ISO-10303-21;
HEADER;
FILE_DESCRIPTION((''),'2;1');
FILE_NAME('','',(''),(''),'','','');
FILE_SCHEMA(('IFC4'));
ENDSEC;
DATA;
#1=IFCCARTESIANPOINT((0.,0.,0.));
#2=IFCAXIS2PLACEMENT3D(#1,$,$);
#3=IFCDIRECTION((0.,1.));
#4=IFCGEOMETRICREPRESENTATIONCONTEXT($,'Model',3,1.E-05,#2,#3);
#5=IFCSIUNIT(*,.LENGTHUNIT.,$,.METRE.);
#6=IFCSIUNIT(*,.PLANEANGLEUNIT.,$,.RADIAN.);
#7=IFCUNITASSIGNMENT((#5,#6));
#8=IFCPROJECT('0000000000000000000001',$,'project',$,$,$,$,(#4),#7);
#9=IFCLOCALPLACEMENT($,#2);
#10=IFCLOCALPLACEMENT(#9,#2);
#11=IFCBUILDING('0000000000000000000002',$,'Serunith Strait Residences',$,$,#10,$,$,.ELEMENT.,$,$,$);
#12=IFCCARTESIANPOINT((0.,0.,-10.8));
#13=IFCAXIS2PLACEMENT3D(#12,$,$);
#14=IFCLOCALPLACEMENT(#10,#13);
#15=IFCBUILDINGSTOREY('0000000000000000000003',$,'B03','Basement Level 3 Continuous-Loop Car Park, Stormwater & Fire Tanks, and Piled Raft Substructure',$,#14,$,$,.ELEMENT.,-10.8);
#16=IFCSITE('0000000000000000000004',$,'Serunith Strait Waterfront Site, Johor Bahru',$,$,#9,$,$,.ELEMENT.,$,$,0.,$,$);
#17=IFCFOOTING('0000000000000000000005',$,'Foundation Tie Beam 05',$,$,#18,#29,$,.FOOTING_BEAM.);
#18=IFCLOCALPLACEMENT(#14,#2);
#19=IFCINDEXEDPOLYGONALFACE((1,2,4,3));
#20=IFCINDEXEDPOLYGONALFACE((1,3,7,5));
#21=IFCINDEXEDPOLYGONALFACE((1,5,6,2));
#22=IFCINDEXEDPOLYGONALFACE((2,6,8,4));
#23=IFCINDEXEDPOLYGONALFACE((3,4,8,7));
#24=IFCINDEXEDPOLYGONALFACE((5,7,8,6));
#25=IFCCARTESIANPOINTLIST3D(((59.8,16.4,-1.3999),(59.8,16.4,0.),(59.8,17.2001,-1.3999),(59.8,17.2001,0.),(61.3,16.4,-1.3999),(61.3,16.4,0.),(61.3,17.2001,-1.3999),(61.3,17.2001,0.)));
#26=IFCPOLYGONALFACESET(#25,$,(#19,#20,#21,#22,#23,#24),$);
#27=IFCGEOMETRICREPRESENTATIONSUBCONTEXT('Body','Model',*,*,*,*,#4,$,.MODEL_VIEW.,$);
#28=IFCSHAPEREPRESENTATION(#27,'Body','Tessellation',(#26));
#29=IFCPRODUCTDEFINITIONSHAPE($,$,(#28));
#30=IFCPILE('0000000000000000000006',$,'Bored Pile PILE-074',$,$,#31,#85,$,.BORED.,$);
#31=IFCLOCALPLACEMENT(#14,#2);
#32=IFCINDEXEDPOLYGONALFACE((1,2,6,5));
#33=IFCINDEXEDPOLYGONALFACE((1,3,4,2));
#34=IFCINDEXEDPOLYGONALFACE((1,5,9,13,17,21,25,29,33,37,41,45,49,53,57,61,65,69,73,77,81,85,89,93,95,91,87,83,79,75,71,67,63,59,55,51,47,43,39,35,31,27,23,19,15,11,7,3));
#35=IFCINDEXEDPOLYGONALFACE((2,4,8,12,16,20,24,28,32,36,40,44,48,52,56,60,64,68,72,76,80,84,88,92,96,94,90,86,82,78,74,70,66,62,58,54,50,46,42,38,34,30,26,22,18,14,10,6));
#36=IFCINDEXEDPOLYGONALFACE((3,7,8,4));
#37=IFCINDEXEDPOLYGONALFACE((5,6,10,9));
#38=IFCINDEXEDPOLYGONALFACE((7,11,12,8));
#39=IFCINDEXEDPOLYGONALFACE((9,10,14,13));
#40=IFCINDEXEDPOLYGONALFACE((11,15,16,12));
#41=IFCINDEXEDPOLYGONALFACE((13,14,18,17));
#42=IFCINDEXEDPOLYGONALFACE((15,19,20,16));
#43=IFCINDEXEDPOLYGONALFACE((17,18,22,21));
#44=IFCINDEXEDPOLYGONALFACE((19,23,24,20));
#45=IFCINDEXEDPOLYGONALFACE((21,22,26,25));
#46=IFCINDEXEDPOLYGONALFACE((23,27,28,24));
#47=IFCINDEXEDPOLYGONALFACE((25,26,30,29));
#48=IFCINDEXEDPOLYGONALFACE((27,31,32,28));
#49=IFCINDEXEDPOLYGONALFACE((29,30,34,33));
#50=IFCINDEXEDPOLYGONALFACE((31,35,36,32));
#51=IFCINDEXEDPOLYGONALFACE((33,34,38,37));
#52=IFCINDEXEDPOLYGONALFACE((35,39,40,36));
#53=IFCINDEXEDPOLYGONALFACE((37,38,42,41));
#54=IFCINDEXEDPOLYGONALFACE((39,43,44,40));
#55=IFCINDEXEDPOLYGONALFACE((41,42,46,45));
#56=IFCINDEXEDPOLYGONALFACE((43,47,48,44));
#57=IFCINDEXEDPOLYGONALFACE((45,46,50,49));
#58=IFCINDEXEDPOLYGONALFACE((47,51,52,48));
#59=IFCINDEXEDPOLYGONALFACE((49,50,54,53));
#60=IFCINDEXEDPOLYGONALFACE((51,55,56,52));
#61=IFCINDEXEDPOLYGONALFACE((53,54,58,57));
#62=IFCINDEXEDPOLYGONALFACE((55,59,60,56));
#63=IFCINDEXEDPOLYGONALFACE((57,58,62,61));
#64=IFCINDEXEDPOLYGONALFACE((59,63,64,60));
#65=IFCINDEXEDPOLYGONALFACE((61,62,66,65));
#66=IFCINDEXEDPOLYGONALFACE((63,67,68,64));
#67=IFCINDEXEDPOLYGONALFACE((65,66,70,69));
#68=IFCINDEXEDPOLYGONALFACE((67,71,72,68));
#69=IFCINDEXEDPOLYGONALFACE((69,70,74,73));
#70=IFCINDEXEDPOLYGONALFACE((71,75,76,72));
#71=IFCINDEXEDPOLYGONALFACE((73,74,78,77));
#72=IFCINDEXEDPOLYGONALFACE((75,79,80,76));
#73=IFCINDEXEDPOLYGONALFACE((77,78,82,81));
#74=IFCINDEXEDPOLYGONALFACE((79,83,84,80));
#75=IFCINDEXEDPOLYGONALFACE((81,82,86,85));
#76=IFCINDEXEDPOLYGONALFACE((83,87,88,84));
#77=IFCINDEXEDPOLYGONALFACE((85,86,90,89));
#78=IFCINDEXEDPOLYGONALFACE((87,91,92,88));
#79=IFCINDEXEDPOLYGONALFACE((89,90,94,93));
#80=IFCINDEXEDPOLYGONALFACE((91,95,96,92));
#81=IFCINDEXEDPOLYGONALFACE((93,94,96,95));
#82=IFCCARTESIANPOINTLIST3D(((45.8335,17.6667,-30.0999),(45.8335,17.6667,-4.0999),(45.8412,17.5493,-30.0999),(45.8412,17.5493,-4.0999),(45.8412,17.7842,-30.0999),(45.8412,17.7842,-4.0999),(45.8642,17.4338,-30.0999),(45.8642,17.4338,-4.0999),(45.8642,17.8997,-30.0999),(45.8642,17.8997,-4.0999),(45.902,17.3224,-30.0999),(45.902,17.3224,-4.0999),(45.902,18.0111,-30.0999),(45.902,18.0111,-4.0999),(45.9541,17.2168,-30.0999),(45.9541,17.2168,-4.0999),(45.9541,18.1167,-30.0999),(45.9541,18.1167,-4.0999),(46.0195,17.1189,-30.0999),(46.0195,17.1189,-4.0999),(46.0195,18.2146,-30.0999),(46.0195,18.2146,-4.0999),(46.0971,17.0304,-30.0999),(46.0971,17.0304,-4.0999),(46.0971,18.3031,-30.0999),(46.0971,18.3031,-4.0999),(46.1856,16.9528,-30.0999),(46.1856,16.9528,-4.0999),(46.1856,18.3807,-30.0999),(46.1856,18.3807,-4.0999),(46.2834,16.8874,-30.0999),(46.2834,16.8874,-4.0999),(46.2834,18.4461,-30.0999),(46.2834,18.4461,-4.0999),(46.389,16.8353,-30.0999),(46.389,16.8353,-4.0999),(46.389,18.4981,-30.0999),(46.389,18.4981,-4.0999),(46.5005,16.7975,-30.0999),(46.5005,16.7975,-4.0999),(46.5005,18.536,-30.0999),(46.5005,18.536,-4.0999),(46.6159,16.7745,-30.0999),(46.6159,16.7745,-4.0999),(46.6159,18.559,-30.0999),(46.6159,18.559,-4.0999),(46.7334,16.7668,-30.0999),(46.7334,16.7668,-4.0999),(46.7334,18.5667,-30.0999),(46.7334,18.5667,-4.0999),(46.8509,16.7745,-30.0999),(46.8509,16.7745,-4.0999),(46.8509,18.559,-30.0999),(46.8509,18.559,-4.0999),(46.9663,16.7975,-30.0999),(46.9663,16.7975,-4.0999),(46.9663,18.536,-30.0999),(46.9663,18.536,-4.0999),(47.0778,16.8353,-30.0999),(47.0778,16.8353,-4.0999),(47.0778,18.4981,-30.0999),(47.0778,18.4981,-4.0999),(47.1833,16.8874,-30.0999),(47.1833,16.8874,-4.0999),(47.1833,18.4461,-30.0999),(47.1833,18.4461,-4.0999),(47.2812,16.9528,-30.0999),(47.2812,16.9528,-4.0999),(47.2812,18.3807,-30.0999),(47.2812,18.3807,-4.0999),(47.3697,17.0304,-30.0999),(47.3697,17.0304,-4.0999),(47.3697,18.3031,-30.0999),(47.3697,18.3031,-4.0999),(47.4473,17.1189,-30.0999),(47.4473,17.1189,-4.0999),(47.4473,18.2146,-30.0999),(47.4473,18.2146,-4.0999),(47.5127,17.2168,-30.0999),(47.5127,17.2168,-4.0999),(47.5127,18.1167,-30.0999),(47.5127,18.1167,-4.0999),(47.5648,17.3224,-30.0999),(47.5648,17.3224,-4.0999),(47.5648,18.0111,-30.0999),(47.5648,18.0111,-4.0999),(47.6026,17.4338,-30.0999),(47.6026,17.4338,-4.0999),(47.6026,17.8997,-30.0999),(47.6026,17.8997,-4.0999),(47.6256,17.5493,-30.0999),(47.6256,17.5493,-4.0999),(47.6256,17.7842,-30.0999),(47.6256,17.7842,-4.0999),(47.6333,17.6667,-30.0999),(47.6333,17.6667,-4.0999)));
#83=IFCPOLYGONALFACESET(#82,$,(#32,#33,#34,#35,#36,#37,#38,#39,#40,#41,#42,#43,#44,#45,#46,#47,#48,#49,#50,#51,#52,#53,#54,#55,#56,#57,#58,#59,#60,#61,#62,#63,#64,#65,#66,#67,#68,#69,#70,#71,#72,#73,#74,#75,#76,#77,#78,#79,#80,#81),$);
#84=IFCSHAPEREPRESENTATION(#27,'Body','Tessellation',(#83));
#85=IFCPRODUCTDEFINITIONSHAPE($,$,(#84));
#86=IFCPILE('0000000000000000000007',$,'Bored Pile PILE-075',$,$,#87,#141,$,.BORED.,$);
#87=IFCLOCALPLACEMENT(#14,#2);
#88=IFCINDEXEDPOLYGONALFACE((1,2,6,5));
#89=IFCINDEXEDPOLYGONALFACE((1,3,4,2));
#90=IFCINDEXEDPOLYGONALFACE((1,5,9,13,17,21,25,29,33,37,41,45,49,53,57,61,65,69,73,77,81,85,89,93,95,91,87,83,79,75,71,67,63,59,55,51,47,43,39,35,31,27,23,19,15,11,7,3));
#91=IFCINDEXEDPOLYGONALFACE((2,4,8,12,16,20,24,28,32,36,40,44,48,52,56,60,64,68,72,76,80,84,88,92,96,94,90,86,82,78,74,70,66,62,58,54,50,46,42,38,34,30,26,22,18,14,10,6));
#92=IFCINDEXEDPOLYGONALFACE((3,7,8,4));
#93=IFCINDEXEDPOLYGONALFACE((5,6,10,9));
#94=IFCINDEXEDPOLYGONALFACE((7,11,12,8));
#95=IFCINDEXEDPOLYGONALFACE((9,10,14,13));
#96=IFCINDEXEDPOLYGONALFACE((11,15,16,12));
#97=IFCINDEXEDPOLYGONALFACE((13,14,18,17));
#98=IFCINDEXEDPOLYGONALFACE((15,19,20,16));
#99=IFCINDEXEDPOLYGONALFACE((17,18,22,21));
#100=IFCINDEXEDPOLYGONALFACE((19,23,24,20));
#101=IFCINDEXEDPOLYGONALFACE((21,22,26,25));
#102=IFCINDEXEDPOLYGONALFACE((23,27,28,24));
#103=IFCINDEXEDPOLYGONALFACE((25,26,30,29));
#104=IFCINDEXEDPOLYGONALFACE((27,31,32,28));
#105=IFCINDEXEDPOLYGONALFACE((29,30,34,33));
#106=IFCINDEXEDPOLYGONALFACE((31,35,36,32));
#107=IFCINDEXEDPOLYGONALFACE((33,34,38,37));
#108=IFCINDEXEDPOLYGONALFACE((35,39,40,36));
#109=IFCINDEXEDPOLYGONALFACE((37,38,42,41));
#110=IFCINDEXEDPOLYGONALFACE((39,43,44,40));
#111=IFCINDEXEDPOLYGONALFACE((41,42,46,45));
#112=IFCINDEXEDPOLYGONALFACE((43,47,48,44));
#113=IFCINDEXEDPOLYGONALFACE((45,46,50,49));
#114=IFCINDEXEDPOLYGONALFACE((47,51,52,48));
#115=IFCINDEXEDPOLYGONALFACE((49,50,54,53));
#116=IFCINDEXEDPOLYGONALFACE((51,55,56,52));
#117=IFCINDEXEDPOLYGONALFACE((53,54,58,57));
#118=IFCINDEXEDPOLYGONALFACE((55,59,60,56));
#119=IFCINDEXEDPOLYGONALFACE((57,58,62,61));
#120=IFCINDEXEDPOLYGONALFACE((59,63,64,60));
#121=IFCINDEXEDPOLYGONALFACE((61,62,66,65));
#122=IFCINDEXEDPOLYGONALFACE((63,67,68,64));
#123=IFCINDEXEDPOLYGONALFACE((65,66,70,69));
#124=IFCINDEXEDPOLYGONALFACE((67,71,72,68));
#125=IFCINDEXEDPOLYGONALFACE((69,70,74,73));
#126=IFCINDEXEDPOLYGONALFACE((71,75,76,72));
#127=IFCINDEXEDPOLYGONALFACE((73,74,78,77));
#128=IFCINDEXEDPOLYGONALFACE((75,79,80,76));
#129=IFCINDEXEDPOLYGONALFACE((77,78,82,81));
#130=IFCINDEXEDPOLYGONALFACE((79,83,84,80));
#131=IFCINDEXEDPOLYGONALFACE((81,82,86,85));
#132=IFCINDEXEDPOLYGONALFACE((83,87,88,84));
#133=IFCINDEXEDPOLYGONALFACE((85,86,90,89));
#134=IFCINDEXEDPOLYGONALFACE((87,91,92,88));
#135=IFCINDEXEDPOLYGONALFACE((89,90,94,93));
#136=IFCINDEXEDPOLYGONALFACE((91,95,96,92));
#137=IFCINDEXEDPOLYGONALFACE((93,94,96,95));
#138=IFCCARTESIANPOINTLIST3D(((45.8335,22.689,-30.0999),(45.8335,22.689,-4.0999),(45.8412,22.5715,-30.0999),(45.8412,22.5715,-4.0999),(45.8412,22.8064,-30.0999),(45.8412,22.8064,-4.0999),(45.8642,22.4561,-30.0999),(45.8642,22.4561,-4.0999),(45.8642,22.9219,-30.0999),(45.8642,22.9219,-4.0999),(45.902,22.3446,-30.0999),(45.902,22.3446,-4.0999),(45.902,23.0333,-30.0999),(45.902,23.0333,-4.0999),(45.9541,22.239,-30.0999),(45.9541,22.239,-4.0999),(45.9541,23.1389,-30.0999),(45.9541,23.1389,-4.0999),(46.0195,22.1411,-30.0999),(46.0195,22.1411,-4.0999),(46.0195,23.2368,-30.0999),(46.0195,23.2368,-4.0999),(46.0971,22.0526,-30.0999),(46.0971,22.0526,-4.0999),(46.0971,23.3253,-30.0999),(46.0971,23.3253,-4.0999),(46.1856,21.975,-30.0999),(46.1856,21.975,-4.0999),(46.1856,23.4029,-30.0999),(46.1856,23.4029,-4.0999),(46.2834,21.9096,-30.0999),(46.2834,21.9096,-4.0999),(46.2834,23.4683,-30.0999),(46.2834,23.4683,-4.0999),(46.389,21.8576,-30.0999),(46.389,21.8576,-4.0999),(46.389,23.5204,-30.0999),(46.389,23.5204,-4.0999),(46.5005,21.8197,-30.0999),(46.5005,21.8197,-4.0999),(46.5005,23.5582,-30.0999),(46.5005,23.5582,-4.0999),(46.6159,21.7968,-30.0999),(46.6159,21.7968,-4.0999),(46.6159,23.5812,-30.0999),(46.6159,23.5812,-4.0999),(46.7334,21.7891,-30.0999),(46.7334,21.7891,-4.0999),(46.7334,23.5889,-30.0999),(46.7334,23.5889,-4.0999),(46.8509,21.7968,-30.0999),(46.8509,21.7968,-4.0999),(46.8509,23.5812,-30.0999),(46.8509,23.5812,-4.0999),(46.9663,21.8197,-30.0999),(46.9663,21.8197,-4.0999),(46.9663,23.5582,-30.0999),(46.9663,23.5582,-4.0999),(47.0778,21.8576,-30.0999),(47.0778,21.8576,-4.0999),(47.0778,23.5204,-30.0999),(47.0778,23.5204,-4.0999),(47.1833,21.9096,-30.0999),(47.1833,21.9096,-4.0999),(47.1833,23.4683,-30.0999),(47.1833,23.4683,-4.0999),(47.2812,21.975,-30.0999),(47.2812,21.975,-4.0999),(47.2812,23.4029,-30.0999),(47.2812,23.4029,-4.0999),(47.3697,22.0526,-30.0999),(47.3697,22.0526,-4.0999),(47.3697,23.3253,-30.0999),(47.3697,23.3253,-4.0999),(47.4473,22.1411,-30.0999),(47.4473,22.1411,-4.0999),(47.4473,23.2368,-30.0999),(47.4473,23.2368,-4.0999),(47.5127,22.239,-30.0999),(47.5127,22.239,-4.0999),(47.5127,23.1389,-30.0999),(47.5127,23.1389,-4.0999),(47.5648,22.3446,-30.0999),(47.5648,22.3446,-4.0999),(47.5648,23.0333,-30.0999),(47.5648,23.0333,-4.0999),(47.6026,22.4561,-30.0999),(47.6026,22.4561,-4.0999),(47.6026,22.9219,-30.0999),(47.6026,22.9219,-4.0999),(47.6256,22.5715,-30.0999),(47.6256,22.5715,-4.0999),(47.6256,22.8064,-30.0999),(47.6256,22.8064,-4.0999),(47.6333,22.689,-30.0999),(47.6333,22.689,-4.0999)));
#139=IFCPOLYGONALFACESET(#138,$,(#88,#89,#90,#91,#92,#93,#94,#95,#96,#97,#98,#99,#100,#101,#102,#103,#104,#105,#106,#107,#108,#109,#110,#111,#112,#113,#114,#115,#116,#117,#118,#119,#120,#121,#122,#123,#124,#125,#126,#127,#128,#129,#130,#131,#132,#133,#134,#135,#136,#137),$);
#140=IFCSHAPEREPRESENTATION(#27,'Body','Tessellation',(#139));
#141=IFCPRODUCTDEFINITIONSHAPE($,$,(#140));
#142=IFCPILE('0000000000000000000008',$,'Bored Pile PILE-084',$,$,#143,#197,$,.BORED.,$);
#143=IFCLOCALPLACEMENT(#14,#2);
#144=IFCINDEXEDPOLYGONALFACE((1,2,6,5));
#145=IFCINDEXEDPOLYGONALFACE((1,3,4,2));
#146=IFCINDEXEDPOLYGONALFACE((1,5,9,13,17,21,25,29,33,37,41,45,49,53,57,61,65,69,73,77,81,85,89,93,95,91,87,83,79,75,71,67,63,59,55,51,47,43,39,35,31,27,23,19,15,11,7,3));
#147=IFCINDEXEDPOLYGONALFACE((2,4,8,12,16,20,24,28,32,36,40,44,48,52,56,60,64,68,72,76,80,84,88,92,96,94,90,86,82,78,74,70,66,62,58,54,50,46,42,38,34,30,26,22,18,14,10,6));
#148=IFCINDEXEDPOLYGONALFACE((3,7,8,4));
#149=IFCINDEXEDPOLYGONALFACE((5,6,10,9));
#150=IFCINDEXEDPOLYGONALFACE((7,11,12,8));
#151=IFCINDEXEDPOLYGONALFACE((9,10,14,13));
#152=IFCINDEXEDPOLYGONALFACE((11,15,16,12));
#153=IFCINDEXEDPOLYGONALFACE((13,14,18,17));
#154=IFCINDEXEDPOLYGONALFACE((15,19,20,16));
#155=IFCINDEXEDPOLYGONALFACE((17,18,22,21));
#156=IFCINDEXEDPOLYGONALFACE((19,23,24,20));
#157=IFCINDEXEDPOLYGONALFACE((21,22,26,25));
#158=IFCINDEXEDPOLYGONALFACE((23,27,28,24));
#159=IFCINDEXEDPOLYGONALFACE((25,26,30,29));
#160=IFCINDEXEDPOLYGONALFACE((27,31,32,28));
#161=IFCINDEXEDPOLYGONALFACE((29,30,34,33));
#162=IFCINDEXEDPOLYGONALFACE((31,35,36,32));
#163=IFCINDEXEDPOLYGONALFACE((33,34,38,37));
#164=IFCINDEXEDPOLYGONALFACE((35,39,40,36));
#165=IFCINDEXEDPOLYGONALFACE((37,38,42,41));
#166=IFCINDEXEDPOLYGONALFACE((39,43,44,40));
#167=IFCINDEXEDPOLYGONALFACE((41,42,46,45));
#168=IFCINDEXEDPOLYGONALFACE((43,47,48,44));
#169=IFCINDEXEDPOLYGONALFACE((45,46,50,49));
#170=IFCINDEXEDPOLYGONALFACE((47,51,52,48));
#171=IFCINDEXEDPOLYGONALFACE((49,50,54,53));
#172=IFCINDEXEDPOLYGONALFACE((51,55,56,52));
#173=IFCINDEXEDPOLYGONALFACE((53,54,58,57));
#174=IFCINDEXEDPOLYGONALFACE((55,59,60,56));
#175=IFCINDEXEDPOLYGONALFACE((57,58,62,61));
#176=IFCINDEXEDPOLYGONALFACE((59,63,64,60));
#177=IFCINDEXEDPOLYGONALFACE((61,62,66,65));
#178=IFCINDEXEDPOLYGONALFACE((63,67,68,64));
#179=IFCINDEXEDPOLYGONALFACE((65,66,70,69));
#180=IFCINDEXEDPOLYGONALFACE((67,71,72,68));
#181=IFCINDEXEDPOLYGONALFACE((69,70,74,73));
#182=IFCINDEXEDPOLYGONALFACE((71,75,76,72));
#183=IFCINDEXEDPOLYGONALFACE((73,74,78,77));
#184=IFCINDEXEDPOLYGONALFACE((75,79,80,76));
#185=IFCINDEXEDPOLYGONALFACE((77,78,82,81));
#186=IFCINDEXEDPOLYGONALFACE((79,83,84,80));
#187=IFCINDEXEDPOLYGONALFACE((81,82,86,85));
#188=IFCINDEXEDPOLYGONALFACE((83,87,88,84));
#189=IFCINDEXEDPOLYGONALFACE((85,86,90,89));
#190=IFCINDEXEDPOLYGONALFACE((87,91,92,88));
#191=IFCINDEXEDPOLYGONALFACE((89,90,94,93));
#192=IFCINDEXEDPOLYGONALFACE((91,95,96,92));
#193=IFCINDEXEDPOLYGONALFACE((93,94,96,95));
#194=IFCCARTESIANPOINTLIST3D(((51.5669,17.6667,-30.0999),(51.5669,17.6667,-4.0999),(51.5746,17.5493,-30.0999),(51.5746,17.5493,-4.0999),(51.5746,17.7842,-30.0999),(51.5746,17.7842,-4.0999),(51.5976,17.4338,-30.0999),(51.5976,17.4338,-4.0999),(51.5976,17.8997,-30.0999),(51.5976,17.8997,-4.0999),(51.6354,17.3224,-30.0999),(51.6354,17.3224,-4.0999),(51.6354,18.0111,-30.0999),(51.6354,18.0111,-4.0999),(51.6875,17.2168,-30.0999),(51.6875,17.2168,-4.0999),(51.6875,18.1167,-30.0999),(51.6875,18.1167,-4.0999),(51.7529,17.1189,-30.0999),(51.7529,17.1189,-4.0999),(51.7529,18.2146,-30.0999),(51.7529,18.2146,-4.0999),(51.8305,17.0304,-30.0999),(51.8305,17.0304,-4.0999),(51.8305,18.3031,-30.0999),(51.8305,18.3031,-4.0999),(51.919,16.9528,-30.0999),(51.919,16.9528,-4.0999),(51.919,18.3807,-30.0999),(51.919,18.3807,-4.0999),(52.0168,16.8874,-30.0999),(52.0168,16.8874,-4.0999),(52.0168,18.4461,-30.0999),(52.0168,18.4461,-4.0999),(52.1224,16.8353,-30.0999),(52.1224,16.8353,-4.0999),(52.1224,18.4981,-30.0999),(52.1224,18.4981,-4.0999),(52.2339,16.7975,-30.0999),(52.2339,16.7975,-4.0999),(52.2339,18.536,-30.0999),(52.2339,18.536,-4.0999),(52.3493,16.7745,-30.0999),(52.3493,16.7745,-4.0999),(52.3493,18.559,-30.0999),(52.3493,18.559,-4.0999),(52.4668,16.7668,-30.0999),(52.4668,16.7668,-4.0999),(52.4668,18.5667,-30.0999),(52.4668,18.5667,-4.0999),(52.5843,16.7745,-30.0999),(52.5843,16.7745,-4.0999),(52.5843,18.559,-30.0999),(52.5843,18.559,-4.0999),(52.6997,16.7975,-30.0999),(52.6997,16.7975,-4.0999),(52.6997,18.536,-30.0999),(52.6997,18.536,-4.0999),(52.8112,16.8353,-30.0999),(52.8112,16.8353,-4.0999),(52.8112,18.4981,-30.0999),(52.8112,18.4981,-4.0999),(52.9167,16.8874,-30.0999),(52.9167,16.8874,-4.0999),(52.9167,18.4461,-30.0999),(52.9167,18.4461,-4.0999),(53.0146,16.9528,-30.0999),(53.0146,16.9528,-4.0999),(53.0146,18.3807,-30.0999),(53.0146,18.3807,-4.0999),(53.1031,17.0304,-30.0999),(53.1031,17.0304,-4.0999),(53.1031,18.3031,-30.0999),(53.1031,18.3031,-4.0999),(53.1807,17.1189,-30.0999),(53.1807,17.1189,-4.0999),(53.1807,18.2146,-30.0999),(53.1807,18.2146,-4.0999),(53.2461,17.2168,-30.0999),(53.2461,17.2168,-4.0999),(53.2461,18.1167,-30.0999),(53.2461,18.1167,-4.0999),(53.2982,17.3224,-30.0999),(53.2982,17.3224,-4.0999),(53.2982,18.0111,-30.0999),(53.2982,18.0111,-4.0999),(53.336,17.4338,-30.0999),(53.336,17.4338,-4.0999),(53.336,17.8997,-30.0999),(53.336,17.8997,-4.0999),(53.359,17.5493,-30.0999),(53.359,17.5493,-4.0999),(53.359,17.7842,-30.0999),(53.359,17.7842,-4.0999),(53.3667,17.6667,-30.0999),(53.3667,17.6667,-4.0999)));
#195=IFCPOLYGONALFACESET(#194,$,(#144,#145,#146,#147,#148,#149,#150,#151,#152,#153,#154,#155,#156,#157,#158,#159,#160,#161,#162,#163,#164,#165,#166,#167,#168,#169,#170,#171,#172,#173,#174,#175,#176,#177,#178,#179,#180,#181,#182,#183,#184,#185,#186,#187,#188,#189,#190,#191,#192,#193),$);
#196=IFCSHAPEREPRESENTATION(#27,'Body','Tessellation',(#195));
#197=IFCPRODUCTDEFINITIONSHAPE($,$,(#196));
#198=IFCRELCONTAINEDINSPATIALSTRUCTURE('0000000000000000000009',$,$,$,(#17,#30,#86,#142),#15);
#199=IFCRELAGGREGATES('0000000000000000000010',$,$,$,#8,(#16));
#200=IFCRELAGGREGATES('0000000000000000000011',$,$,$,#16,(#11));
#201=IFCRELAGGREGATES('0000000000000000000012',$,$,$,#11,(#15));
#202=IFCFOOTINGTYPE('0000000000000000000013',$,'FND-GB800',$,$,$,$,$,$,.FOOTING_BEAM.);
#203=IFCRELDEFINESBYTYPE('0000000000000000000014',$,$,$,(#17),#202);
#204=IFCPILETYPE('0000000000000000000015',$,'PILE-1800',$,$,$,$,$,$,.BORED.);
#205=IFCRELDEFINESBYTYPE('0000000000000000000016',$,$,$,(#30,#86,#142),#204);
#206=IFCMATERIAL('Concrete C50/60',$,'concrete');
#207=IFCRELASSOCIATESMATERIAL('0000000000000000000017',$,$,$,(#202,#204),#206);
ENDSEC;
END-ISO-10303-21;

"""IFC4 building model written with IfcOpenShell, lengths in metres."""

from ifc_helpers import new_model, si_unit, direction, frame, origin, origin_2d, place, context, subcontext, project, spatial, rectangle, circle, extrude, source, transform, mapped, material, material_profile, profile_set, type_object, element, save


model = new_model("IFC4")

# Units and contexts
model_context = context("Model", 3, precision=1e-05, world=origin(), true_north=direction((0.0, 1.0)))
body_context = subcontext(model_context, "Body", "Model", "MODEL_VIEW")
ifc_project = project(units=[si_unit("LENGTHUNIT", "METRE"), si_unit("PLANEANGLEUNIT", "RADIAN")], contexts=[model_context])

# Site, building, storey
site_placement = place(None, origin())
site = spatial("IfcSite", under=ifc_project, at=site_placement, Name="Serunith Strait Waterfront Site, Johor Bahru", CompositionType="ELEMENT", RefElevation=0.0)
building_placement = place(site_placement, origin())
building = spatial("IfcBuilding", under=site, at=building_placement, Name="Serunith Strait Residences", CompositionType="ELEMENT")
storey_placement = place(building_placement, frame((0.0, 0.0, -10.8)))
storey = spatial("IfcBuildingStorey", under=building, at=storey_placement, Name="B03", Description="Basement Level 3 Continuous-Loop Car Park, Stormwater & Fire Tanks, and Piled Raft Substructure", CompositionType="ELEMENT", Elevation=-10.8)

# Footing
ifc_material_1 = material(Name="Concrete C50/60", Category="concrete")
ifc_material_profile_1 = material_profile(ifc_material_1, rectangle(XDim=0.8, YDim=1.3999, at=origin_2d()), Name="RC 800x1400")
ifc_profile_set_1 = profile_set([ifc_material_profile_1], Name="Concrete C50/60")
footing_type = type_object("IfcFootingType", Name="FND-GB800", PredefinedType="FOOTING_BEAM", material=ifc_profile_set_1)
shared_shape_1 = source(origin(), body_context, "Body", "SweptSolid", [
    extrude(rectangle(XDim=0.8, YDim=1.3999, at=origin_2d()), origin(), (0.0, 0.0, 1.0), 1.5),
])
footing_placement = place(storey_placement, frame((59.8, 16.8, -0.7), z_axis=(1.0, 0.0, 0.0), x_axis=(0.0, 1.0, 0.0)))
element("IfcFooting", 1, at=footing_placement, inside=storey, type_object=footing_type, Name="Foundation Tie Beam 05", PredefinedType="FOOTING_BEAM", context=body_context, shape_type="MappedRepresentation", body=[
    mapped(shared_shape_1, transform((0.0, 0.0, 0.0), scale=1.0)),
])

# Piles
ifc_material_profile_2 = material_profile(ifc_material_1, circle(Radius=0.8999, at=origin_2d()), Name="PILE D1800")
ifc_profile_set_2 = profile_set([ifc_material_profile_2], Name="Concrete C50/60")
pile_type_1 = type_object("IfcPileType", Name="PILE-1800", PredefinedType="BORED", material=ifc_profile_set_2)
shared_shape_2 = source(origin(), body_context, "Body", "SweptSolid", [
    extrude(circle(Radius=0.8999, at=origin_2d()), origin(), (0.0, 0.0, 1.0), 26.0),
])
for number, where, z_axis, x_axis, name in (
    (2, (46.7334, 17.6667, -4.0999), (0.0, 0.0, -1.0), (1.0, 0.0, 0.0), "Bored Pile PILE-074"),
    (3, (46.7334, 22.689, -4.0999), (0.0, 0.0, -1.0), (1.0, 0.0, 0.0), "Bored Pile PILE-075"),
    (4, (52.4668, 17.6667, -4.0999), (0.0, 0.0, -1.0), (1.0, 0.0, 0.0), "Bored Pile PILE-084"),
):
    element("IfcPile", number, at=place(storey_placement, frame(where, z_axis=z_axis, x_axis=x_axis)), inside=storey, type_object=pile_type_1, Name=name, PredefinedType="BORED", context=body_context, shape_type="MappedRepresentation", body=[
        mapped(shared_shape_2, transform((0.0, 0.0, 0.0), scale=1.0)),
    ])

save(model, "model.ifc")
